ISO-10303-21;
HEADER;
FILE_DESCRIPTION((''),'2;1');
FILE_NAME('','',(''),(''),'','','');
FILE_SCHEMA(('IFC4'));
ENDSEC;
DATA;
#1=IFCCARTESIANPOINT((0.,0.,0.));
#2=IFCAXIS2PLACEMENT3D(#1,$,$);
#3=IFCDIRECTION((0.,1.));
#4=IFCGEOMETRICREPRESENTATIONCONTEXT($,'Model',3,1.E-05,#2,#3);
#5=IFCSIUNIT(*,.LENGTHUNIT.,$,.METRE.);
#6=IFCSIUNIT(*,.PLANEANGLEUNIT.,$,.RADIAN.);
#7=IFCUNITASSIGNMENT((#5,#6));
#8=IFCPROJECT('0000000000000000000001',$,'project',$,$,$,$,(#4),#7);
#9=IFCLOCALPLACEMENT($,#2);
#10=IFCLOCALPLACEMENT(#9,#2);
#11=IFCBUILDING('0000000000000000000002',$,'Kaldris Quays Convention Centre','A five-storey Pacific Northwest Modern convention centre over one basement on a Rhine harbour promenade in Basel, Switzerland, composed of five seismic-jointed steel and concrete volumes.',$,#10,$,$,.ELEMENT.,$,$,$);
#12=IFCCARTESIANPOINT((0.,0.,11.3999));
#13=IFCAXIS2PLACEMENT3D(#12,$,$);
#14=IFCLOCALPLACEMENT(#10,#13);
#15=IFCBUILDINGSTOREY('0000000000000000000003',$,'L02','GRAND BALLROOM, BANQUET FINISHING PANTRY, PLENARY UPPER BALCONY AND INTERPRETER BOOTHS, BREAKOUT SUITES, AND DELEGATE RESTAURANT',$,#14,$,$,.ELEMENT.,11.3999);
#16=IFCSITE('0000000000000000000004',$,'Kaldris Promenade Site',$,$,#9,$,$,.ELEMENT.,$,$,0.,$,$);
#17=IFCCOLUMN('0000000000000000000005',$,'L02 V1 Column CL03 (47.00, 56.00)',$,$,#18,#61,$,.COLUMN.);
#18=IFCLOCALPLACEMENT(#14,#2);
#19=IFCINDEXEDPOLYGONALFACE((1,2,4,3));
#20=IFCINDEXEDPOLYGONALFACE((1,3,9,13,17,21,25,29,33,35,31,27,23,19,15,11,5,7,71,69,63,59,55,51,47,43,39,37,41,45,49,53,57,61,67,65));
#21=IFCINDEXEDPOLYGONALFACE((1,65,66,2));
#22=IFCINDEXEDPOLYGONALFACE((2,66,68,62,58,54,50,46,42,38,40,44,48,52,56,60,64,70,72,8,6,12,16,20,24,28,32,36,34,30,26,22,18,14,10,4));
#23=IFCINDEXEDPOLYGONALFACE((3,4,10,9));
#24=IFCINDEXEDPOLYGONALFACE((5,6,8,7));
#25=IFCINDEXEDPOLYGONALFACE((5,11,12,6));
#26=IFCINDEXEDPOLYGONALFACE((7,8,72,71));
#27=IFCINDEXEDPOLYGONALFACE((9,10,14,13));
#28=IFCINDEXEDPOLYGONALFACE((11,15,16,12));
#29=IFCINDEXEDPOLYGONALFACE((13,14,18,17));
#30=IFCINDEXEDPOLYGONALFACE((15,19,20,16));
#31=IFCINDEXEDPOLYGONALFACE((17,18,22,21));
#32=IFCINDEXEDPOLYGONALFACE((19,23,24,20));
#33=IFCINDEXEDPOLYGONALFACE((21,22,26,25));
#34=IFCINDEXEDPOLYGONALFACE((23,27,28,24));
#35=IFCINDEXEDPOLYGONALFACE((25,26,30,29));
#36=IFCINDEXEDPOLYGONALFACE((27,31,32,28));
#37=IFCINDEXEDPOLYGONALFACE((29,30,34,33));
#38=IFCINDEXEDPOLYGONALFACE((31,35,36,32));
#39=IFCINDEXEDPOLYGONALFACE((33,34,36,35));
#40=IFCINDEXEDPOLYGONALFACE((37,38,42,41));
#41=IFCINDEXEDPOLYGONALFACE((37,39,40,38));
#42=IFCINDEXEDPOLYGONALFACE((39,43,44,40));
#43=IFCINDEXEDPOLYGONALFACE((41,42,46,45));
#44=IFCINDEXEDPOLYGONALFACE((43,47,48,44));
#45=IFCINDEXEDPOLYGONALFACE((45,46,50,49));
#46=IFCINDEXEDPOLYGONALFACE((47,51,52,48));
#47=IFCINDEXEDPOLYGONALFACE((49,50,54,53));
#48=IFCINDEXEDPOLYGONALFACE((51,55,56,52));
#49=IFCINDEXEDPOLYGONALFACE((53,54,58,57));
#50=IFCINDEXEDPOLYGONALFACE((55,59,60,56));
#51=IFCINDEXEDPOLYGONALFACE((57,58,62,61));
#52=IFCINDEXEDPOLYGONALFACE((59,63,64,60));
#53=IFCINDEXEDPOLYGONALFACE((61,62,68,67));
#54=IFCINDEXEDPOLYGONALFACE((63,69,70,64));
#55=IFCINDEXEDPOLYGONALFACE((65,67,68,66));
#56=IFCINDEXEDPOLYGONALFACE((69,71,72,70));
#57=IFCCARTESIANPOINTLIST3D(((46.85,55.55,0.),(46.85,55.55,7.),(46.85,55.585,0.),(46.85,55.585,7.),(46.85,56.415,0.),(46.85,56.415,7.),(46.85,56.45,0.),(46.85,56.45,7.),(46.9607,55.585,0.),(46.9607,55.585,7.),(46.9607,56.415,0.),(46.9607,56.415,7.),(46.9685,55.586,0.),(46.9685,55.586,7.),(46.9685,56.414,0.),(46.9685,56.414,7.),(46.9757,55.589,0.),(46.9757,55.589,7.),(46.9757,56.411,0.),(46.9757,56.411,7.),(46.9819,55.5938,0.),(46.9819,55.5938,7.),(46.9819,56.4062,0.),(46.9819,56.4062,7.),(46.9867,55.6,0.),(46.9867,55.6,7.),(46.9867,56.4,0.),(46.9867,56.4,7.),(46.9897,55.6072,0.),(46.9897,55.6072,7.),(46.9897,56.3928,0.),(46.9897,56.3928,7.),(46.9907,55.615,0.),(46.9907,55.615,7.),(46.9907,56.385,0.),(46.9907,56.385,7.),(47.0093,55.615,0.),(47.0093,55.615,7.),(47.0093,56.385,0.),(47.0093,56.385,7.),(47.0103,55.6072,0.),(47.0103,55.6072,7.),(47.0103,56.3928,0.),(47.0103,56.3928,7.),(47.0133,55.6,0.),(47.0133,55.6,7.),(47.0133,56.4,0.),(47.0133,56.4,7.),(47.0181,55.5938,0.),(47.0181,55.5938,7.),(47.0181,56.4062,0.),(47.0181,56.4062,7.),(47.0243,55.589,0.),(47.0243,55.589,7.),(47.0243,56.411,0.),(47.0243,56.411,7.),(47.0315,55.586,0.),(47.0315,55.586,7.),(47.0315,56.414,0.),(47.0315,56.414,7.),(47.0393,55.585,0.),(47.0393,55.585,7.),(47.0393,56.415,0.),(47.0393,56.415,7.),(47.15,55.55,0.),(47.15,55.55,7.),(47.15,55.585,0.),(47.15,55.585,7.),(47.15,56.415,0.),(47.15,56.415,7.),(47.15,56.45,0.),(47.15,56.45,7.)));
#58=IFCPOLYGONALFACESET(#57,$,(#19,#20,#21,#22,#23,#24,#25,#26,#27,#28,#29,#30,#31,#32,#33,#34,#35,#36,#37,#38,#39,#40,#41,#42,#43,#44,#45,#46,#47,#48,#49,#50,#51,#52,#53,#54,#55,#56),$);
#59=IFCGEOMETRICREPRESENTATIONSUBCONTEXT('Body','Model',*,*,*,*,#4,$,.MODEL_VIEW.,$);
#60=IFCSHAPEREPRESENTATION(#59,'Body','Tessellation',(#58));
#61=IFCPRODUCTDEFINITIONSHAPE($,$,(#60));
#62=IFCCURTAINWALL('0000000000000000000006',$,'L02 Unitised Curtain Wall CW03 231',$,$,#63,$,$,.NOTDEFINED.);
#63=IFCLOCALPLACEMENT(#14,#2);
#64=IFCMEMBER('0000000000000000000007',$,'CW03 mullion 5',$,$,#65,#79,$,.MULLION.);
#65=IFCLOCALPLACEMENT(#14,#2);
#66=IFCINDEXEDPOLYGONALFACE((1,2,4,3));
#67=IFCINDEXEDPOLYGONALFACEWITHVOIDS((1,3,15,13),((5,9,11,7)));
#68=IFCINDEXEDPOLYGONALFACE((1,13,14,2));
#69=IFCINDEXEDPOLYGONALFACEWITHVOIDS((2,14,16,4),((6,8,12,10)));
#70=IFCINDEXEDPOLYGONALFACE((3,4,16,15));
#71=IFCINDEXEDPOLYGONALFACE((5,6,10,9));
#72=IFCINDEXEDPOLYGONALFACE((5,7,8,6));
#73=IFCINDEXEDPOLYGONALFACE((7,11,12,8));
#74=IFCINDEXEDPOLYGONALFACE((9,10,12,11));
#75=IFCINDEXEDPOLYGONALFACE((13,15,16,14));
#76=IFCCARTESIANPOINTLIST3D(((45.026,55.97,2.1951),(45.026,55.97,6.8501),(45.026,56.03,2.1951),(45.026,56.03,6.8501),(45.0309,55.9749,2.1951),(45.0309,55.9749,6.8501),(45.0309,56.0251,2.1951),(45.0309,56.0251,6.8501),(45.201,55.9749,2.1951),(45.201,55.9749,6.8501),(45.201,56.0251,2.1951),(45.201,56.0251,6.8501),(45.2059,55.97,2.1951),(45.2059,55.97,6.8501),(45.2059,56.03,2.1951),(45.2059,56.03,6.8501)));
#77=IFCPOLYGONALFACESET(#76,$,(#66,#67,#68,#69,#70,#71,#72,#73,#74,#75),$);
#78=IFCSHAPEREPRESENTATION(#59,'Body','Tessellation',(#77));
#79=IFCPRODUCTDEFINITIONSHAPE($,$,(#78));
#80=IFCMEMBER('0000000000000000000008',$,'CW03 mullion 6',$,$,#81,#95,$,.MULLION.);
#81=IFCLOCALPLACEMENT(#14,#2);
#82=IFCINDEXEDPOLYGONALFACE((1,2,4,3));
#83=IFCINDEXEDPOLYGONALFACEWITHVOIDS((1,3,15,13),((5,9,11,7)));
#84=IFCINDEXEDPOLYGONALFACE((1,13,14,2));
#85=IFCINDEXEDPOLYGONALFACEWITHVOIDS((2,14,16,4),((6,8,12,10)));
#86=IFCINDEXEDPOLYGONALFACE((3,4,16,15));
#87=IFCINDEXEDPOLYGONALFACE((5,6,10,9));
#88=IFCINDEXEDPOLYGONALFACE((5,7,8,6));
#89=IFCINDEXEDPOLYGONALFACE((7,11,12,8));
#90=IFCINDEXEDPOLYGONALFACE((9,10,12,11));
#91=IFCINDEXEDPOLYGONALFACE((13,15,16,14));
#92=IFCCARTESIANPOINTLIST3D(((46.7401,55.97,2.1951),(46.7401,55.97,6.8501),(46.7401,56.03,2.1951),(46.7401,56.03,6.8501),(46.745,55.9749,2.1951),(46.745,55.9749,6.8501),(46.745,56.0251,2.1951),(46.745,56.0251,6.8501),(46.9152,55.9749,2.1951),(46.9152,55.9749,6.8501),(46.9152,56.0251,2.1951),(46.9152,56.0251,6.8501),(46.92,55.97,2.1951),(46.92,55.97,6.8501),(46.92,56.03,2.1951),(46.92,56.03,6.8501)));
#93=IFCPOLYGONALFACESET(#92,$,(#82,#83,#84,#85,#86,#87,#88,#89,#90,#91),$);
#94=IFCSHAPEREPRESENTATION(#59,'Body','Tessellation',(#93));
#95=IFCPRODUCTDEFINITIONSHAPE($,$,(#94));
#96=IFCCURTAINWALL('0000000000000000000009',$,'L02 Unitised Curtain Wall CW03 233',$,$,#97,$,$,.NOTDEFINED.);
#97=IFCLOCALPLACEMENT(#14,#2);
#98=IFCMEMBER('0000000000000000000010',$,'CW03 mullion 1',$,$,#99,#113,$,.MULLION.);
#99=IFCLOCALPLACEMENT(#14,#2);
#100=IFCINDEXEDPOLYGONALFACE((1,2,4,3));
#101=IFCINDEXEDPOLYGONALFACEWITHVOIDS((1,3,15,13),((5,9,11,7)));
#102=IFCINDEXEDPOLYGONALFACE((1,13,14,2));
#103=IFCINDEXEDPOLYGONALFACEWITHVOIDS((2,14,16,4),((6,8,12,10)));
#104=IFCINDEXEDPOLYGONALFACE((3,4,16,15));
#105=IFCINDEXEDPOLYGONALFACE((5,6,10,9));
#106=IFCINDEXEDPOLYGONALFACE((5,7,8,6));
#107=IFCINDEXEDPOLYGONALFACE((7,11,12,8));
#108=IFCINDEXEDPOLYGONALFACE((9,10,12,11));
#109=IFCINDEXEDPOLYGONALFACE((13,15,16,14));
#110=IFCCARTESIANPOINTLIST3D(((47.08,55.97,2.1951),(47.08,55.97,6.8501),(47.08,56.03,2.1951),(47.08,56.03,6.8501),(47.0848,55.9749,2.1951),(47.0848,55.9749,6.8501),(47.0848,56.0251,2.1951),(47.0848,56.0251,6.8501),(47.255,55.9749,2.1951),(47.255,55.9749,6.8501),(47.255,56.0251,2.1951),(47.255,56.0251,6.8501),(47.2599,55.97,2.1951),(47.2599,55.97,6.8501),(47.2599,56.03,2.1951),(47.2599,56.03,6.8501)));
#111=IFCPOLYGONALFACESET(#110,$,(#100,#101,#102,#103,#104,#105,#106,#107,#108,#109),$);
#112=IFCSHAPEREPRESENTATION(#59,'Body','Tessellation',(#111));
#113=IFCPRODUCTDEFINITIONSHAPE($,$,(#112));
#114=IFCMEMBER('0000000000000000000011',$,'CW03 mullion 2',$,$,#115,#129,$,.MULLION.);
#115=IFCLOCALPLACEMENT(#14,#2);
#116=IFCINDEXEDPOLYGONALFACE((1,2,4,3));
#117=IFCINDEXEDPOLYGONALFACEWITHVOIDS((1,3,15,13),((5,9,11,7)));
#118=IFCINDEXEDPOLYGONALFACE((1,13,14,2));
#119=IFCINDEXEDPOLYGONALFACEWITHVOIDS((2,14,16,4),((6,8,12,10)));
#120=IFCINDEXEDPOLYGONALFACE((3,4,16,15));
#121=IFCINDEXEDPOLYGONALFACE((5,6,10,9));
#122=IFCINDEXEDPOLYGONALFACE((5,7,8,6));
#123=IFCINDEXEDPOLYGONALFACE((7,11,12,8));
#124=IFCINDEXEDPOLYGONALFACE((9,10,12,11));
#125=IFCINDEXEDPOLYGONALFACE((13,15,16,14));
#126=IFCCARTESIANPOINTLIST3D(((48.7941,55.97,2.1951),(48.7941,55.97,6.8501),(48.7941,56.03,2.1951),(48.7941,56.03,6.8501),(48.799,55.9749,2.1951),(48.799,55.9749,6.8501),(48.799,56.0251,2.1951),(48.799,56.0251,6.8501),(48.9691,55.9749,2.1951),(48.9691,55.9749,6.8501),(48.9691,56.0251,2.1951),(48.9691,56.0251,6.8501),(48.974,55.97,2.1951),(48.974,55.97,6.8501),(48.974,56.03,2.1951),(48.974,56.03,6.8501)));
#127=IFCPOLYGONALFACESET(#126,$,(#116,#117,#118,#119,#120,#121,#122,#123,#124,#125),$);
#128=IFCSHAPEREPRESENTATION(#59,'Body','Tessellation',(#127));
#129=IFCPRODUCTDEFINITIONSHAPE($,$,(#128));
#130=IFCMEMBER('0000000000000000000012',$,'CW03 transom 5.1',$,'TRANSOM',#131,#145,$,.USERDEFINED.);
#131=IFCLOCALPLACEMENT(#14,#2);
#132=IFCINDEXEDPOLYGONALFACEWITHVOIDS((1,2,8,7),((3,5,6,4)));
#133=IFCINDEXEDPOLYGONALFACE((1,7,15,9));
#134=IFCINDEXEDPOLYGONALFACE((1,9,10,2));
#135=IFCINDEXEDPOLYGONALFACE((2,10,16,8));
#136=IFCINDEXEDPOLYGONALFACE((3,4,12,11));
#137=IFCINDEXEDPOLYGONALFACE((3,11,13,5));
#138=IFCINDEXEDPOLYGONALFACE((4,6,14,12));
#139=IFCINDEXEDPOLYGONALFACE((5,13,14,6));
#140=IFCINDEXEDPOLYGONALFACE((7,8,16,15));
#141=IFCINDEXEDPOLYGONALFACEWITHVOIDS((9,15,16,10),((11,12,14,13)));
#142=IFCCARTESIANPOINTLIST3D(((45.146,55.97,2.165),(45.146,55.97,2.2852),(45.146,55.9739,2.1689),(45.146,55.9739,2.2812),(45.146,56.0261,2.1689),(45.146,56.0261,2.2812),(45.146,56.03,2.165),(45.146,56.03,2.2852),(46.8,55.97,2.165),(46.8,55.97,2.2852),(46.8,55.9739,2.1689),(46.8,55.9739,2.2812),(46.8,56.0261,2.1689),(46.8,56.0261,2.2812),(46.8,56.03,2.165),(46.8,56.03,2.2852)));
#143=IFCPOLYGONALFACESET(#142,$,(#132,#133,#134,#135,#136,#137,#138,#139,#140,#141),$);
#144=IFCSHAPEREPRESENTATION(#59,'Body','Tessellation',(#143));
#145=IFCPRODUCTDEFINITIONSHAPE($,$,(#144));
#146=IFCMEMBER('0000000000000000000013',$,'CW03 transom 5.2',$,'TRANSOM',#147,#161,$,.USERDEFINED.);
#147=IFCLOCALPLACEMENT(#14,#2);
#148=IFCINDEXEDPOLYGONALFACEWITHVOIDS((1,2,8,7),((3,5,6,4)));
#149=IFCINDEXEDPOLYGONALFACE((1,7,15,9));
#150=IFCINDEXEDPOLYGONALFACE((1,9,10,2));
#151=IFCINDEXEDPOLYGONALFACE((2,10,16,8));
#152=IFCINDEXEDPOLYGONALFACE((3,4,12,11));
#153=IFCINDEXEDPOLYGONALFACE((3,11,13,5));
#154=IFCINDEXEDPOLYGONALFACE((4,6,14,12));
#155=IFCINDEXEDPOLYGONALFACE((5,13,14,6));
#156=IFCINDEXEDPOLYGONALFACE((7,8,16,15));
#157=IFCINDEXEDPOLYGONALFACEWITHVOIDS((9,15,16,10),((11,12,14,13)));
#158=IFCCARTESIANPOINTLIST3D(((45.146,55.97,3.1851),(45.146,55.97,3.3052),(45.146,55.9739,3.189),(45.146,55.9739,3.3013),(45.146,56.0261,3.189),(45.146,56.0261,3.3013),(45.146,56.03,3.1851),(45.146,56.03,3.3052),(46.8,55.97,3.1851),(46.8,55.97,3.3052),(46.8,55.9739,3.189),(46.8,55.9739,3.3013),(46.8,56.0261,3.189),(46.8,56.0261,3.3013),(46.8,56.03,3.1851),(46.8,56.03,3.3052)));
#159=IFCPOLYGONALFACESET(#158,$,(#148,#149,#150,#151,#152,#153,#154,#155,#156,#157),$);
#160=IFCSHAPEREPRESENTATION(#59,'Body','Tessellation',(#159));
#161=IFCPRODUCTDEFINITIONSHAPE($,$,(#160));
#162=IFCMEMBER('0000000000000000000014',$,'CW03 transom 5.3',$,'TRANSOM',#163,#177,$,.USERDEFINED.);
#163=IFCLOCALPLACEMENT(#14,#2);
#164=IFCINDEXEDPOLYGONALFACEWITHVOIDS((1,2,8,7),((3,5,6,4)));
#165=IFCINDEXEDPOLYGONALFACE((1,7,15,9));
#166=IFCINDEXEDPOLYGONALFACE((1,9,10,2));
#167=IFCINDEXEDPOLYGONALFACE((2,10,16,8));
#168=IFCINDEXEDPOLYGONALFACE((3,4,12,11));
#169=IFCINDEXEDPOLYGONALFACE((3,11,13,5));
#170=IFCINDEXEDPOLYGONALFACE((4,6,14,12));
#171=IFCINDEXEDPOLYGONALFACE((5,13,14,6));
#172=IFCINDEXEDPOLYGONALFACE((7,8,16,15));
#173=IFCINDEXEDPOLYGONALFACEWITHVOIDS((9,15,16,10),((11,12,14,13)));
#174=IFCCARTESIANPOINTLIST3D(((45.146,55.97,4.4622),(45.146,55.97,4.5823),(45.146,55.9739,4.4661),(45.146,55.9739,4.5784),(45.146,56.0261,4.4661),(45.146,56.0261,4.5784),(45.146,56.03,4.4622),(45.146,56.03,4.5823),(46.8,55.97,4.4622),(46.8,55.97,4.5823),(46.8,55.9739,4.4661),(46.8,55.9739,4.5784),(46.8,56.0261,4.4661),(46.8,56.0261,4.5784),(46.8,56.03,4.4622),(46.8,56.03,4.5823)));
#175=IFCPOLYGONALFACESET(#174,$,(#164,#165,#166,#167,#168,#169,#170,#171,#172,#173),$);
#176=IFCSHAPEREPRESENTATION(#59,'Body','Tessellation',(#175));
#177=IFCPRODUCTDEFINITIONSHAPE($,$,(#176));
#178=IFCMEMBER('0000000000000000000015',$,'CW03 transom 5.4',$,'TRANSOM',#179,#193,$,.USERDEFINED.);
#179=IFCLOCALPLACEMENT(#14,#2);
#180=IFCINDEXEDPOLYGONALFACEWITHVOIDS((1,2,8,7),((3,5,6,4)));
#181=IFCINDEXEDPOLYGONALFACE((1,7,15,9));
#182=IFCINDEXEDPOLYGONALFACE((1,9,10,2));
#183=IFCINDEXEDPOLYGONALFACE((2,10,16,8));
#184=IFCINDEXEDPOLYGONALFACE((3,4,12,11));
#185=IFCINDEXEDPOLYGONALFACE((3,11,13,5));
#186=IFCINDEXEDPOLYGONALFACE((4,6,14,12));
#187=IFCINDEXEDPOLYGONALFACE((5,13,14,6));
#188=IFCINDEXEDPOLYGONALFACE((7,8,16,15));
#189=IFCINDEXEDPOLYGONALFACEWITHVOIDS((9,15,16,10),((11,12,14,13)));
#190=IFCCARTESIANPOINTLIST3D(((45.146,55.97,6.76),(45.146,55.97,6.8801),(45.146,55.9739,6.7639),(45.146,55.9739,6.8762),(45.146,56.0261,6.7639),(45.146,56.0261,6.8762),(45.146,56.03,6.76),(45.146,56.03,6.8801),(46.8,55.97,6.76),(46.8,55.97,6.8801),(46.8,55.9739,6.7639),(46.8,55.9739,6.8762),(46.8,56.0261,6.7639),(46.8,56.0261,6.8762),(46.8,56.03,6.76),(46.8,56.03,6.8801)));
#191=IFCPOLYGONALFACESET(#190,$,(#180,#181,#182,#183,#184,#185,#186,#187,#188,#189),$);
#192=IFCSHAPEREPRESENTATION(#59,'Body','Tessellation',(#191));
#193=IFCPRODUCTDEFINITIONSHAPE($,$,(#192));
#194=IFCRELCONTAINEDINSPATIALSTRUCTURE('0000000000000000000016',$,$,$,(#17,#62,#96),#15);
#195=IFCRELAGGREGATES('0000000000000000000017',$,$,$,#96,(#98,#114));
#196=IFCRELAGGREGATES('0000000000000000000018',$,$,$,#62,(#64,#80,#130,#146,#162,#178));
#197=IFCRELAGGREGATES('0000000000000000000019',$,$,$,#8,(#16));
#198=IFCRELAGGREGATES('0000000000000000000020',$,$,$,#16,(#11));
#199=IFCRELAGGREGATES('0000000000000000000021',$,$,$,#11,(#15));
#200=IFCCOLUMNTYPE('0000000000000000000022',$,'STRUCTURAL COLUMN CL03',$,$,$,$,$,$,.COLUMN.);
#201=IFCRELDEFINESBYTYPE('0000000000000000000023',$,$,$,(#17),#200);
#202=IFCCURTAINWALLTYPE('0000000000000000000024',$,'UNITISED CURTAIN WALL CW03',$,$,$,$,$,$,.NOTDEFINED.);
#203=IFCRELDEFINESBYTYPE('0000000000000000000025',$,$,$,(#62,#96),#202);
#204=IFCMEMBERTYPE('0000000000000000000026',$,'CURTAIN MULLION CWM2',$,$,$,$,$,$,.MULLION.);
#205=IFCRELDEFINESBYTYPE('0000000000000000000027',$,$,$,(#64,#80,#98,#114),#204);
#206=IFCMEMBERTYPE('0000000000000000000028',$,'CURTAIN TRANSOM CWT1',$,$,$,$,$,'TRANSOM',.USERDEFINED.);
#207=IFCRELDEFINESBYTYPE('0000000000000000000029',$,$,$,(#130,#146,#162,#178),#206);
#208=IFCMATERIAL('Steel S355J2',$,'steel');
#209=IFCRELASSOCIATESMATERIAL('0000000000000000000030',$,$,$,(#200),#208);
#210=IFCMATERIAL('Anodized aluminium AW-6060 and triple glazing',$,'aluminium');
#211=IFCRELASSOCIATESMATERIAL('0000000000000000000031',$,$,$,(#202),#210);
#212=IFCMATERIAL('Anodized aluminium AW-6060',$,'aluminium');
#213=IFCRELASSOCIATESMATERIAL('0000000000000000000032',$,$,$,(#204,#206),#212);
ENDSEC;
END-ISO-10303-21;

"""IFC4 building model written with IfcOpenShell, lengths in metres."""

from ifc_helpers import new_model, si_unit, direction, frame, origin, origin_2d, place, context, subcontext, project, spatial, hollow_rectangle, i_section, extrude, material, material_profile, profile_set, type_object, element, aggregate, save


model = new_model("IFC4")

# Units and contexts
model_context = context("Model", 3, precision=1e-05, world=origin(), true_north=direction((0.0, 1.0)))
body_context = subcontext(model_context, "Body", "Model", "MODEL_VIEW")
ifc_project = project(units=[si_unit("LENGTHUNIT", "METRE"), si_unit("PLANEANGLEUNIT", "RADIAN")], contexts=[model_context])

# Site, building, storey
site_placement = place(None, origin())
site = spatial("IfcSite", under=ifc_project, at=site_placement, Name="Kaldris Promenade Site", CompositionType="ELEMENT", RefElevation=0.0)
building_placement = place(site_placement, origin())
building = spatial("IfcBuilding", under=site, at=building_placement, Name="Kaldris Quays Convention Centre", Description="A five-storey Pacific Northwest Modern convention centre over one basement on a Rhine harbour promenade in Basel, Switzerland, composed of five seismic-jointed steel and concrete volumes.", CompositionType="ELEMENT")
storey_placement = place(building_placement, frame((0.0, 0.0, 11.3999)))
storey = spatial("IfcBuildingStorey", under=building, at=storey_placement, Name="L02", Description="GRAND BALLROOM, BANQUET FINISHING PANTRY, PLENARY UPPER BALCONY AND INTERPRETER BOOTHS, BREAKOUT SUITES, AND DELEGATE RESTAURANT", CompositionType="ELEMENT", Elevation=11.3999)

# Column
ifc_material_1 = material(Name="Steel S355J2", Category="steel")
ifc_material_profile_1 = material_profile(ifc_material_1, i_section(OverallWidth=0.3, OverallDepth=0.8999, WebThickness=0.0186, FlangeThickness=0.0349, FilletRadius=0.03, at=origin_2d()), Name="HEB 900")
ifc_profile_set_1 = profile_set([ifc_material_profile_1], Name="Steel S355J2")
column_type = type_object("IfcColumnType", Name="STRUCTURAL COLUMN CL03", PredefinedType="COLUMN", material=ifc_profile_set_1)
column_placement = place(storey_placement, frame((47.0, 56.0, 0.0), z_axis=(0.0, 0.0, 1.0), x_axis=(1.0, 0.0, 0.0)))
element("IfcColumn", 1, at=column_placement, inside=storey, type_object=column_type, Name="L02 V1 Column CL03 (47.00, 56.00)", PredefinedType="COLUMN", context=body_context, shape_type="SweptSolid", body=[
    extrude(i_section(OverallWidth=0.3, OverallDepth=0.8999, WebThickness=0.0186, FlangeThickness=0.0349, FilletRadius=0.03, at=origin_2d()), origin(), (0.0, 0.0, 1.0), 7.0),
])

# Curtain walls, members
ifc_material_2 = material(Name="Anodized aluminium AW-6060 and triple glazing", Category="aluminium")
curtain_wall_type = type_object("IfcCurtainWallType", Name="UNITISED CURTAIN WALL CW03", PredefinedType="NOTDEFINED", material=ifc_material_2)
curtain_wall_1_placement = place(storey_placement, origin())
curtain_wall_1 = element("IfcCurtainWall", 2, at=curtain_wall_1_placement, inside=storey, type_object=curtain_wall_type, Name="L02 Unitised Curtain Wall CW03 231", PredefinedType="NOTDEFINED")
ifc_material_3 = material(Name="Anodized aluminium AW-6060", Category="aluminium")
ifc_material_profile_2 = material_profile(ifc_material_3, hollow_rectangle(XDim=0.0601, YDim=0.1799, WallThickness=0.0049, at=origin_2d()), Name="RHS 180x60x5")
ifc_profile_set_2 = profile_set([ifc_material_profile_2], Name="Anodized aluminium AW-6060")
member_type_1 = type_object("IfcMemberType", Name="CURTAIN MULLION CWM2", PredefinedType="MULLION", material=ifc_profile_set_2)
member_1_placement = place(storey_placement, frame((45.116, 56.0, 2.1951), z_axis=(0.0, 0.0, 1.0), x_axis=(0.0, 1.0, 0.0)))
member_1 = element("IfcMember", 3, at=member_1_placement, type_object=member_type_1, Name="CW03 mullion 5", PredefinedType="MULLION", context=body_context, shape_type="SweptSolid", body=[
    extrude(hollow_rectangle(XDim=0.0601, YDim=0.1799, WallThickness=0.0049, at=origin_2d()), origin(), (0.0, 0.0, 1.0), 4.655),
])
member_2_placement = place(storey_placement, frame((46.8301, 56.0, 2.1951), z_axis=(0.0, 0.0, 1.0), x_axis=(0.0, 1.0, 0.0)))
member_2 = element("IfcMember", 4, at=member_2_placement, type_object=member_type_1, Name="CW03 mullion 6", PredefinedType="MULLION", context=body_context, shape_type="SweptSolid", body=[
    extrude(hollow_rectangle(XDim=0.0601, YDim=0.1799, WallThickness=0.0049, at=origin_2d()), origin(), (0.0, 0.0, 1.0), 4.655),
])
curtain_wall_2_placement = place(storey_placement, origin())
curtain_wall_2 = element("IfcCurtainWall", 5, at=curtain_wall_2_placement, inside=storey, type_object=curtain_wall_type, Name="L02 Unitised Curtain Wall CW03 233", PredefinedType="NOTDEFINED")
member_3_placement = place(storey_placement, frame((47.1699, 56.0, 2.1951), z_axis=(0.0, 0.0, 1.0), x_axis=(0.0, 1.0, 0.0)))
member_3 = element("IfcMember", 6, at=member_3_placement, type_object=member_type_1, Name="CW03 mullion 1", PredefinedType="MULLION", context=body_context, shape_type="SweptSolid", body=[
    extrude(hollow_rectangle(XDim=0.0601, YDim=0.1799, WallThickness=0.0049, at=origin_2d()), origin(), (0.0, 0.0, 1.0), 4.655),
])
member_4_placement = place(storey_placement, frame((48.884, 56.0, 2.1951), z_axis=(0.0, 0.0, 1.0), x_axis=(0.0, 1.0, 0.0)))
member_4 = element("IfcMember", 7, at=member_4_placement, type_object=member_type_1, Name="CW03 mullion 2", PredefinedType="MULLION", context=body_context, shape_type="SweptSolid", body=[
    extrude(hollow_rectangle(XDim=0.0601, YDim=0.1799, WallThickness=0.0049, at=origin_2d()), origin(), (0.0, 0.0, 1.0), 4.655),
])

# Members
ifc_material_profile_3 = material_profile(ifc_material_3, hollow_rectangle(XDim=0.0601, YDim=0.1201, WallThickness=0.0039, at=origin_2d()), Name="RHS 120x60x4")
ifc_profile_set_3 = profile_set([ifc_material_profile_3], Name="Anodized aluminium AW-6060")
member_type_2 = type_object("IfcMemberType", Name="CURTAIN TRANSOM CWT1", ElementType="TRANSOM", PredefinedType="USERDEFINED", material=ifc_profile_set_3)
member_5_placement = place(storey_placement, frame((45.146, 56.0, 2.2251), z_axis=(1.0, 0.0, 0.0), x_axis=(0.0, 1.0, 0.0)))
member_5 = element("IfcMember", 8, at=member_5_placement, type_object=member_type_2, Name="CW03 transom 5.1", ObjectType="TRANSOM", PredefinedType="USERDEFINED", context=body_context, shape_type="SweptSolid", body=[
    extrude(hollow_rectangle(XDim=0.0601, YDim=0.1201, WallThickness=0.0039, at=origin_2d()), origin(), (0.0, 0.0, 1.0), 1.6541),
])
member_6_placement = place(storey_placement, frame((45.146, 56.0, 3.2451), z_axis=(1.0, 0.0, 0.0), x_axis=(0.0, 1.0, 0.0)))
member_6 = element("IfcMember", 9, at=member_6_placement, type_object=member_type_2, Name="CW03 transom 5.2", ObjectType="TRANSOM", PredefinedType="USERDEFINED", context=body_context, shape_type="SweptSolid", body=[
    extrude(hollow_rectangle(XDim=0.0601, YDim=0.1201, WallThickness=0.0039, at=origin_2d()), origin(), (0.0, 0.0, 1.0), 1.6541),
])
member_7_placement = place(storey_placement, frame((45.146, 56.0, 4.5222), z_axis=(1.0, 0.0, 0.0), x_axis=(0.0, 1.0, 0.0)))
member_7 = element("IfcMember", 10, at=member_7_placement, type_object=member_type_2, Name="CW03 transom 5.3", ObjectType="TRANSOM", PredefinedType="USERDEFINED", context=body_context, shape_type="SweptSolid", body=[
    extrude(hollow_rectangle(XDim=0.0601, YDim=0.1201, WallThickness=0.0039, at=origin_2d()), origin(), (0.0, 0.0, 1.0), 1.6541),
])
member_8_placement = place(storey_placement, frame((45.146, 56.0, 6.8201), z_axis=(1.0, 0.0, 0.0), x_axis=(0.0, 1.0, 0.0)))
member_8 = element("IfcMember", 11, at=member_8_placement, type_object=member_type_2, Name="CW03 transom 5.4", ObjectType="TRANSOM", PredefinedType="USERDEFINED", context=body_context, shape_type="SweptSolid", body=[
    extrude(hollow_rectangle(XDim=0.0601, YDim=0.1201, WallThickness=0.0039, at=origin_2d()), origin(), (0.0, 0.0, 1.0), 1.6541),
])

aggregate(curtain_wall_2, [member_3, member_4])
aggregate(curtain_wall_1, [member_1, member_2, member_5, member_6, member_7, member_8])

save(model, "model.ifc")
